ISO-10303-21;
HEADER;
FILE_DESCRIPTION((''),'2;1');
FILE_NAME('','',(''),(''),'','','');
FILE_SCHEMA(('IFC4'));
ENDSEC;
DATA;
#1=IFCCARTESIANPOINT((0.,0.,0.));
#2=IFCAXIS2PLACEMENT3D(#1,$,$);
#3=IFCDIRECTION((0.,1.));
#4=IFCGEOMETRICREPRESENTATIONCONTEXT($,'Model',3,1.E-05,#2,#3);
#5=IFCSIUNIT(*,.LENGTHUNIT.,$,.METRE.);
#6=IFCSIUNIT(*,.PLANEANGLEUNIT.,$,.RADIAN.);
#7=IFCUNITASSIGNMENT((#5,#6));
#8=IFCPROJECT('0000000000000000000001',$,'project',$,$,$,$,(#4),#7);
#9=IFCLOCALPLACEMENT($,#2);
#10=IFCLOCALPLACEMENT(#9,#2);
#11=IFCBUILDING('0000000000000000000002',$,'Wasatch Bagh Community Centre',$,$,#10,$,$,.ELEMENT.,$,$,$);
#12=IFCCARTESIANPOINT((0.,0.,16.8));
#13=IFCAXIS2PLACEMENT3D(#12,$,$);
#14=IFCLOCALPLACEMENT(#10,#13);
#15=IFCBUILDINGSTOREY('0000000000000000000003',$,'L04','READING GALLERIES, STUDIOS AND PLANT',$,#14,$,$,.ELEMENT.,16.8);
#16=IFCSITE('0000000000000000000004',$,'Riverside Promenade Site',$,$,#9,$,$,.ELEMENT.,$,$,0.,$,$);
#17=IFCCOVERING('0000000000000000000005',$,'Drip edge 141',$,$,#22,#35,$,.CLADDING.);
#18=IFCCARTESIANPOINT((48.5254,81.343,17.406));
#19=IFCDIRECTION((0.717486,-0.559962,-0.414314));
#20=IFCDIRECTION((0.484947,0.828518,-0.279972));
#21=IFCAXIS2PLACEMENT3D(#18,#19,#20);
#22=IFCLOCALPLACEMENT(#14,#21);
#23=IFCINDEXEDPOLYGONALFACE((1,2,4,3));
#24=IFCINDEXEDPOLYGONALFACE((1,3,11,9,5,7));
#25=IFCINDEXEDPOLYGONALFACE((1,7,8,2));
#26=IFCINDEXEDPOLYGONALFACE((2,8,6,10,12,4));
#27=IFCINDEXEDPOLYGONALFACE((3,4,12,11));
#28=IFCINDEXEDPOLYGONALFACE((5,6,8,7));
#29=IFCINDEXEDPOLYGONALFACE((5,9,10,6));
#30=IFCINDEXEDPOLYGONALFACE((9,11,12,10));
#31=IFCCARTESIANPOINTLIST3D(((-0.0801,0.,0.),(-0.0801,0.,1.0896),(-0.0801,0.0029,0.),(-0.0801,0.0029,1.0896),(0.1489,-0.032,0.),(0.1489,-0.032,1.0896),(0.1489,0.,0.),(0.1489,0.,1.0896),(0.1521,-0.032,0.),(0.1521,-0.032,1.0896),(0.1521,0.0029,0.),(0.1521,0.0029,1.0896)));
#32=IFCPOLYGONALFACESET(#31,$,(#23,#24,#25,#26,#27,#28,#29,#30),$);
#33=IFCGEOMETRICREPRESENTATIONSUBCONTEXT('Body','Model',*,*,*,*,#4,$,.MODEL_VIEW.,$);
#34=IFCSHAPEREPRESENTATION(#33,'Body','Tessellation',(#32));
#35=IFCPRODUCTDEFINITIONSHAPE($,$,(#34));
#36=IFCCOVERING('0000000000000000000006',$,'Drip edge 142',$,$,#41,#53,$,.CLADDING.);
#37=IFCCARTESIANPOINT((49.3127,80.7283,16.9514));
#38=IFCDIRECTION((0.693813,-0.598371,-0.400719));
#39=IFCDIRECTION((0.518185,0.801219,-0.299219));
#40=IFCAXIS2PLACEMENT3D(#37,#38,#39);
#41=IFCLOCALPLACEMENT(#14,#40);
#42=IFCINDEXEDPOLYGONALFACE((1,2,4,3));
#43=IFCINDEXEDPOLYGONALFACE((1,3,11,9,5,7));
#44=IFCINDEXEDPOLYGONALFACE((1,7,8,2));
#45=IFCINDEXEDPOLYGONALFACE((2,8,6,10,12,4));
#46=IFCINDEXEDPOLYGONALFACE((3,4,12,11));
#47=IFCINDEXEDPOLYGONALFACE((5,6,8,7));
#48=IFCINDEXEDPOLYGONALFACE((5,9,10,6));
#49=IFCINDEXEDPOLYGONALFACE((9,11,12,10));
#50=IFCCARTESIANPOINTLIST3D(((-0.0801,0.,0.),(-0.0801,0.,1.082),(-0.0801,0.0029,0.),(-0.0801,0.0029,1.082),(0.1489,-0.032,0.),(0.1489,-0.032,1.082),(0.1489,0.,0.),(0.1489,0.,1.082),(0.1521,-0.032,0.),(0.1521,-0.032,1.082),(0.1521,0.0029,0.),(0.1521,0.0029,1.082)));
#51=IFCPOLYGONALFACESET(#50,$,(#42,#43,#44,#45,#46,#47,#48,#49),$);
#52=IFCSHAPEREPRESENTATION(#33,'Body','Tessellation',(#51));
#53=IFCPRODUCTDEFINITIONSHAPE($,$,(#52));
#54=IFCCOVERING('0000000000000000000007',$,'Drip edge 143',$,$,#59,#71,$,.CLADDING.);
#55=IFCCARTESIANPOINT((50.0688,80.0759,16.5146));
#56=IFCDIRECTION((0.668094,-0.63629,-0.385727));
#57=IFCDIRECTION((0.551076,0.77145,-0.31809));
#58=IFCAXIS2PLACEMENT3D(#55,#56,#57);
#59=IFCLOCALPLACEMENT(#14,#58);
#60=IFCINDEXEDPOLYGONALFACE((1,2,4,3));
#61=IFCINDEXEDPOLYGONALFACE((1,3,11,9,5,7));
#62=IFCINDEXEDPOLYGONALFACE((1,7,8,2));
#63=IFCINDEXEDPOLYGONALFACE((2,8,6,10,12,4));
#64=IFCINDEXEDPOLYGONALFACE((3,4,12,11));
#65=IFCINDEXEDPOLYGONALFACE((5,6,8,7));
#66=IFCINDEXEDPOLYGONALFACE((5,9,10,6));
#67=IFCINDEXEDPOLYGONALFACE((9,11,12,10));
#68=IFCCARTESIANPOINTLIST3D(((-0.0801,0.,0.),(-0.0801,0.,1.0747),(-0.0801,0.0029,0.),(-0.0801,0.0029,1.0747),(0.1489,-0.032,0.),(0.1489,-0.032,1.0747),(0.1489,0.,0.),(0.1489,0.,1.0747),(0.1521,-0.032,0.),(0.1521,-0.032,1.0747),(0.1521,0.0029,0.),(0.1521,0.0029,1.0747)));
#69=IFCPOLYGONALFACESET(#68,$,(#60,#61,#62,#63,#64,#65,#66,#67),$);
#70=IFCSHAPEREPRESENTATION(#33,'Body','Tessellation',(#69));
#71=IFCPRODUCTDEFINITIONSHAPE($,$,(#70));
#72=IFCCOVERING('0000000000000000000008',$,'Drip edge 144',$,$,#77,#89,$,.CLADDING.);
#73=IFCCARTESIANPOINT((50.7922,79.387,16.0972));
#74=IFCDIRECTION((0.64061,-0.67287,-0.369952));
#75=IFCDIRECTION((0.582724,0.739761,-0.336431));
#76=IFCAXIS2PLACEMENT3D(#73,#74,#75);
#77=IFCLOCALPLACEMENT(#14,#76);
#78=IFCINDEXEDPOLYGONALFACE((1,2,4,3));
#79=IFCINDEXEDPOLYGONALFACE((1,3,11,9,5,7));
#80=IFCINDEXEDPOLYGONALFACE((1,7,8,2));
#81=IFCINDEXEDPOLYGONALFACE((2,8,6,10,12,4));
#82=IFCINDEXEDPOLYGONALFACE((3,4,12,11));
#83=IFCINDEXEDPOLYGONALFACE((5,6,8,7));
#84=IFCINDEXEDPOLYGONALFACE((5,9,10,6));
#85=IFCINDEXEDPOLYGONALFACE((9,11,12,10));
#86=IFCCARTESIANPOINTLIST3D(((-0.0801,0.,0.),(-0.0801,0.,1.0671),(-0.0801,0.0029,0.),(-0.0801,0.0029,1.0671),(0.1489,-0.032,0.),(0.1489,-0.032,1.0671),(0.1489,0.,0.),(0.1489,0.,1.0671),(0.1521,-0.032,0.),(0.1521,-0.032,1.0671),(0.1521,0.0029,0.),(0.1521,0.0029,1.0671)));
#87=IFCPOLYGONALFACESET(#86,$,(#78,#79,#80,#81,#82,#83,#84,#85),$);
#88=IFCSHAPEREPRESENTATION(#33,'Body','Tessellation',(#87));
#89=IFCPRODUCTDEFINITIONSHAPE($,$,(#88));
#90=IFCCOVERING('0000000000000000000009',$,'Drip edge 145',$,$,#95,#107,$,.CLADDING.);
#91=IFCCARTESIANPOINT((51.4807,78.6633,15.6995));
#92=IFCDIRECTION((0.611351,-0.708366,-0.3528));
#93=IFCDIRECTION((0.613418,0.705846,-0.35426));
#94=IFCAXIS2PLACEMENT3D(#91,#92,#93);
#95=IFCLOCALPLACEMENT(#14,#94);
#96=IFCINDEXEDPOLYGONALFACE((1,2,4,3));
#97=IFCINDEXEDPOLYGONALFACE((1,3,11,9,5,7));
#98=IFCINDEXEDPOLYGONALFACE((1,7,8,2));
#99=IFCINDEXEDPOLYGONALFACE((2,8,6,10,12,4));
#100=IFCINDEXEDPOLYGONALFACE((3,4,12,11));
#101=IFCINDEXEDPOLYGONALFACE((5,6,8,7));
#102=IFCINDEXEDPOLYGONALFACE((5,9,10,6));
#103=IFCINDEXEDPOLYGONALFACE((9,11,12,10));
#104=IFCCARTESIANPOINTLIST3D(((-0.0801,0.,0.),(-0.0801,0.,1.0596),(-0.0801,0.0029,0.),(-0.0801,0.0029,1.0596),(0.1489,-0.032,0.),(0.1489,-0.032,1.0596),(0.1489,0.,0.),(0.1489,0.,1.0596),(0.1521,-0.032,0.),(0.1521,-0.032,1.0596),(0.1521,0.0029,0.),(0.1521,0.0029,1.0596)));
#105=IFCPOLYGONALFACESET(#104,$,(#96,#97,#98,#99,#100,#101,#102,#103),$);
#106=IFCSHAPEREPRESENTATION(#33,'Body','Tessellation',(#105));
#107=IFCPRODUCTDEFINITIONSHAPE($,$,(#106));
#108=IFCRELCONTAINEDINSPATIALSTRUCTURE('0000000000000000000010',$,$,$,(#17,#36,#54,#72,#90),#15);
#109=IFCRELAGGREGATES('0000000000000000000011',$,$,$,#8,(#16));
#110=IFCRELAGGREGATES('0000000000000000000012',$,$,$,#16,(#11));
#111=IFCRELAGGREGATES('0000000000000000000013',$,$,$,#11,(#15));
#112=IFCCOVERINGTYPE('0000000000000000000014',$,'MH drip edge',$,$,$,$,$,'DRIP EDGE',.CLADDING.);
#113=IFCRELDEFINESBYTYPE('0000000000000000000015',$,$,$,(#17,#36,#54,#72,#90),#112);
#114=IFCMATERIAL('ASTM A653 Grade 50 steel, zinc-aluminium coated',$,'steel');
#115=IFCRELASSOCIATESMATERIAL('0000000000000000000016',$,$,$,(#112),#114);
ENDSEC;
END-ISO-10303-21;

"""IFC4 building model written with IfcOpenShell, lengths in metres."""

from ifc_helpers import new_model, si_unit, direction, frame, origin, place, context, subcontext, project, spatial, polyline, outline, extrude, material, material_profile, profile_set, type_object, element, save


model = new_model("IFC4")

# Units and contexts
model_context = context("Model", 3, precision=1e-05, world=origin(), true_north=direction((0.0, 1.0)))
body_context = subcontext(model_context, "Body", "Model", "MODEL_VIEW")
ifc_project = project(units=[si_unit("LENGTHUNIT", "METRE"), si_unit("PLANEANGLEUNIT", "RADIAN")], contexts=[model_context])

# Site, building, storey
site_placement = place(None, origin())
site = spatial("IfcSite", under=ifc_project, at=site_placement, Name="Riverside Promenade Site", CompositionType="ELEMENT", RefElevation=0.0)
building_placement = place(site_placement, origin())
building = spatial("IfcBuilding", under=site, at=building_placement, Name="Wasatch Bagh Community Centre", CompositionType="ELEMENT")
storey_placement = place(building_placement, frame((0.0, 0.0, 16.8)))
storey = spatial("IfcBuildingStorey", under=building, at=storey_placement, Name="L04", Description="READING GALLERIES, STUDIOS AND PLANT", CompositionType="ELEMENT", Elevation=16.8)

# Coverings
ifc_material_1 = material(Name="ASTM A653 Grade 50 steel, zinc-aluminium coated", Category="steel")
ifc_material_profile_1 = material_profile(ifc_material_1, outline(polyline([(-0.0801, 0.0029), (0.1521, 0.0029), (0.1521, -0.032), (0.1489, -0.032), (0.1489, 0.0), (-0.0801, 0.0), (-0.0801, 0.0029)])), Name="DRIP EDGE")
ifc_profile_set_1 = profile_set([ifc_material_profile_1], Name="ASTM A653 Grade 50 steel, zinc-aluminium coated")
covering_type_1 = type_object("IfcCoveringType", Name="MH drip edge", ElementType="DRIP EDGE", PredefinedType="CLADDING", material=ifc_profile_set_1)
covering_1_placement = place(storey_placement, frame((48.5254, 81.343, 17.406), z_axis=(0.717486, -0.559962, -0.414314), x_axis=(0.484947, 0.828518, -0.279972)))
element("IfcCovering", 1, at=covering_1_placement, inside=storey, type_object=covering_type_1, Name="Drip edge 141", PredefinedType="CLADDING", context=body_context, shape_type="SweptSolid", body=[
    extrude(outline(polyline([(-0.0801, 0.0029), (0.1521, 0.0029), (0.1521, -0.032), (0.1489, -0.032), (0.1489, 0.0), (-0.0801, 0.0), (-0.0801, 0.0029)])), origin(), (0.0, 0.0, 1.0), 1.0896),
])
covering_2_placement = place(storey_placement, frame((49.3127, 80.7283, 16.9514), z_axis=(0.693813, -0.598371, -0.400719), x_axis=(0.518185, 0.801219, -0.299219)))
element("IfcCovering", 2, at=covering_2_placement, inside=storey, type_object=covering_type_1, Name="Drip edge 142", PredefinedType="CLADDING", context=body_context, shape_type="SweptSolid", body=[
    extrude(outline(polyline([(-0.0801, 0.0029), (0.1521, 0.0029), (0.1521, -0.032), (0.1489, -0.032), (0.1489, 0.0), (-0.0801, 0.0), (-0.0801, 0.0029)])), origin(), (0.0, 0.0, 1.0), 1.082),
])
covering_3_placement = place(storey_placement, frame((50.0688, 80.0759, 16.5146), z_axis=(0.668094, -0.63629, -0.385727), x_axis=(0.551076, 0.77145, -0.31809)))
element("IfcCovering", 3, at=covering_3_placement, inside=storey, type_object=covering_type_1, Name="Drip edge 143", PredefinedType="CLADDING", context=body_context, shape_type="SweptSolid", body=[
    extrude(outline(polyline([(-0.0801, 0.0029), (0.1521, 0.0029), (0.1521, -0.032), (0.1489, -0.032), (0.1489, 0.0), (-0.0801, 0.0), (-0.0801, 0.0029)])), origin(), (0.0, 0.0, 1.0), 1.0747),
])
covering_4_placement = place(storey_placement, frame((50.7922, 79.387, 16.0972), z_axis=(0.64061, -0.67287, -0.369952), x_axis=(0.582724, 0.739761, -0.336431)))
element("IfcCovering", 4, at=covering_4_placement, inside=storey, type_object=covering_type_1, Name="Drip edge 144", PredefinedType="CLADDING", context=body_context, shape_type="SweptSolid", body=[
    extrude(outline(polyline([(-0.0801, 0.0029), (0.1521, 0.0029), (0.1521, -0.032), (0.1489, -0.032), (0.1489, 0.0), (-0.0801, 0.0), (-0.0801, 0.0029)])), origin(), (0.0, 0.0, 1.0), 1.0671),
])
covering_5_placement = place(storey_placement, frame((51.4807, 78.6633, 15.6995), z_axis=(0.611351, -0.708366, -0.3528), x_axis=(0.613418, 0.705846, -0.35426)))
element("IfcCovering", 5, at=covering_5_placement, inside=storey, type_object=covering_type_1, Name="Drip edge 145", PredefinedType="CLADDING", context=body_context, shape_type="SweptSolid", body=[
    extrude(outline(polyline([(-0.0801, 0.0029), (0.1521, 0.0029), (0.1521, -0.032), (0.1489, -0.032), (0.1489, 0.0), (-0.0801, 0.0), (-0.0801, 0.0029)])), origin(), (0.0, 0.0, 1.0), 1.0596),
])

save(model, "model.ifc")
